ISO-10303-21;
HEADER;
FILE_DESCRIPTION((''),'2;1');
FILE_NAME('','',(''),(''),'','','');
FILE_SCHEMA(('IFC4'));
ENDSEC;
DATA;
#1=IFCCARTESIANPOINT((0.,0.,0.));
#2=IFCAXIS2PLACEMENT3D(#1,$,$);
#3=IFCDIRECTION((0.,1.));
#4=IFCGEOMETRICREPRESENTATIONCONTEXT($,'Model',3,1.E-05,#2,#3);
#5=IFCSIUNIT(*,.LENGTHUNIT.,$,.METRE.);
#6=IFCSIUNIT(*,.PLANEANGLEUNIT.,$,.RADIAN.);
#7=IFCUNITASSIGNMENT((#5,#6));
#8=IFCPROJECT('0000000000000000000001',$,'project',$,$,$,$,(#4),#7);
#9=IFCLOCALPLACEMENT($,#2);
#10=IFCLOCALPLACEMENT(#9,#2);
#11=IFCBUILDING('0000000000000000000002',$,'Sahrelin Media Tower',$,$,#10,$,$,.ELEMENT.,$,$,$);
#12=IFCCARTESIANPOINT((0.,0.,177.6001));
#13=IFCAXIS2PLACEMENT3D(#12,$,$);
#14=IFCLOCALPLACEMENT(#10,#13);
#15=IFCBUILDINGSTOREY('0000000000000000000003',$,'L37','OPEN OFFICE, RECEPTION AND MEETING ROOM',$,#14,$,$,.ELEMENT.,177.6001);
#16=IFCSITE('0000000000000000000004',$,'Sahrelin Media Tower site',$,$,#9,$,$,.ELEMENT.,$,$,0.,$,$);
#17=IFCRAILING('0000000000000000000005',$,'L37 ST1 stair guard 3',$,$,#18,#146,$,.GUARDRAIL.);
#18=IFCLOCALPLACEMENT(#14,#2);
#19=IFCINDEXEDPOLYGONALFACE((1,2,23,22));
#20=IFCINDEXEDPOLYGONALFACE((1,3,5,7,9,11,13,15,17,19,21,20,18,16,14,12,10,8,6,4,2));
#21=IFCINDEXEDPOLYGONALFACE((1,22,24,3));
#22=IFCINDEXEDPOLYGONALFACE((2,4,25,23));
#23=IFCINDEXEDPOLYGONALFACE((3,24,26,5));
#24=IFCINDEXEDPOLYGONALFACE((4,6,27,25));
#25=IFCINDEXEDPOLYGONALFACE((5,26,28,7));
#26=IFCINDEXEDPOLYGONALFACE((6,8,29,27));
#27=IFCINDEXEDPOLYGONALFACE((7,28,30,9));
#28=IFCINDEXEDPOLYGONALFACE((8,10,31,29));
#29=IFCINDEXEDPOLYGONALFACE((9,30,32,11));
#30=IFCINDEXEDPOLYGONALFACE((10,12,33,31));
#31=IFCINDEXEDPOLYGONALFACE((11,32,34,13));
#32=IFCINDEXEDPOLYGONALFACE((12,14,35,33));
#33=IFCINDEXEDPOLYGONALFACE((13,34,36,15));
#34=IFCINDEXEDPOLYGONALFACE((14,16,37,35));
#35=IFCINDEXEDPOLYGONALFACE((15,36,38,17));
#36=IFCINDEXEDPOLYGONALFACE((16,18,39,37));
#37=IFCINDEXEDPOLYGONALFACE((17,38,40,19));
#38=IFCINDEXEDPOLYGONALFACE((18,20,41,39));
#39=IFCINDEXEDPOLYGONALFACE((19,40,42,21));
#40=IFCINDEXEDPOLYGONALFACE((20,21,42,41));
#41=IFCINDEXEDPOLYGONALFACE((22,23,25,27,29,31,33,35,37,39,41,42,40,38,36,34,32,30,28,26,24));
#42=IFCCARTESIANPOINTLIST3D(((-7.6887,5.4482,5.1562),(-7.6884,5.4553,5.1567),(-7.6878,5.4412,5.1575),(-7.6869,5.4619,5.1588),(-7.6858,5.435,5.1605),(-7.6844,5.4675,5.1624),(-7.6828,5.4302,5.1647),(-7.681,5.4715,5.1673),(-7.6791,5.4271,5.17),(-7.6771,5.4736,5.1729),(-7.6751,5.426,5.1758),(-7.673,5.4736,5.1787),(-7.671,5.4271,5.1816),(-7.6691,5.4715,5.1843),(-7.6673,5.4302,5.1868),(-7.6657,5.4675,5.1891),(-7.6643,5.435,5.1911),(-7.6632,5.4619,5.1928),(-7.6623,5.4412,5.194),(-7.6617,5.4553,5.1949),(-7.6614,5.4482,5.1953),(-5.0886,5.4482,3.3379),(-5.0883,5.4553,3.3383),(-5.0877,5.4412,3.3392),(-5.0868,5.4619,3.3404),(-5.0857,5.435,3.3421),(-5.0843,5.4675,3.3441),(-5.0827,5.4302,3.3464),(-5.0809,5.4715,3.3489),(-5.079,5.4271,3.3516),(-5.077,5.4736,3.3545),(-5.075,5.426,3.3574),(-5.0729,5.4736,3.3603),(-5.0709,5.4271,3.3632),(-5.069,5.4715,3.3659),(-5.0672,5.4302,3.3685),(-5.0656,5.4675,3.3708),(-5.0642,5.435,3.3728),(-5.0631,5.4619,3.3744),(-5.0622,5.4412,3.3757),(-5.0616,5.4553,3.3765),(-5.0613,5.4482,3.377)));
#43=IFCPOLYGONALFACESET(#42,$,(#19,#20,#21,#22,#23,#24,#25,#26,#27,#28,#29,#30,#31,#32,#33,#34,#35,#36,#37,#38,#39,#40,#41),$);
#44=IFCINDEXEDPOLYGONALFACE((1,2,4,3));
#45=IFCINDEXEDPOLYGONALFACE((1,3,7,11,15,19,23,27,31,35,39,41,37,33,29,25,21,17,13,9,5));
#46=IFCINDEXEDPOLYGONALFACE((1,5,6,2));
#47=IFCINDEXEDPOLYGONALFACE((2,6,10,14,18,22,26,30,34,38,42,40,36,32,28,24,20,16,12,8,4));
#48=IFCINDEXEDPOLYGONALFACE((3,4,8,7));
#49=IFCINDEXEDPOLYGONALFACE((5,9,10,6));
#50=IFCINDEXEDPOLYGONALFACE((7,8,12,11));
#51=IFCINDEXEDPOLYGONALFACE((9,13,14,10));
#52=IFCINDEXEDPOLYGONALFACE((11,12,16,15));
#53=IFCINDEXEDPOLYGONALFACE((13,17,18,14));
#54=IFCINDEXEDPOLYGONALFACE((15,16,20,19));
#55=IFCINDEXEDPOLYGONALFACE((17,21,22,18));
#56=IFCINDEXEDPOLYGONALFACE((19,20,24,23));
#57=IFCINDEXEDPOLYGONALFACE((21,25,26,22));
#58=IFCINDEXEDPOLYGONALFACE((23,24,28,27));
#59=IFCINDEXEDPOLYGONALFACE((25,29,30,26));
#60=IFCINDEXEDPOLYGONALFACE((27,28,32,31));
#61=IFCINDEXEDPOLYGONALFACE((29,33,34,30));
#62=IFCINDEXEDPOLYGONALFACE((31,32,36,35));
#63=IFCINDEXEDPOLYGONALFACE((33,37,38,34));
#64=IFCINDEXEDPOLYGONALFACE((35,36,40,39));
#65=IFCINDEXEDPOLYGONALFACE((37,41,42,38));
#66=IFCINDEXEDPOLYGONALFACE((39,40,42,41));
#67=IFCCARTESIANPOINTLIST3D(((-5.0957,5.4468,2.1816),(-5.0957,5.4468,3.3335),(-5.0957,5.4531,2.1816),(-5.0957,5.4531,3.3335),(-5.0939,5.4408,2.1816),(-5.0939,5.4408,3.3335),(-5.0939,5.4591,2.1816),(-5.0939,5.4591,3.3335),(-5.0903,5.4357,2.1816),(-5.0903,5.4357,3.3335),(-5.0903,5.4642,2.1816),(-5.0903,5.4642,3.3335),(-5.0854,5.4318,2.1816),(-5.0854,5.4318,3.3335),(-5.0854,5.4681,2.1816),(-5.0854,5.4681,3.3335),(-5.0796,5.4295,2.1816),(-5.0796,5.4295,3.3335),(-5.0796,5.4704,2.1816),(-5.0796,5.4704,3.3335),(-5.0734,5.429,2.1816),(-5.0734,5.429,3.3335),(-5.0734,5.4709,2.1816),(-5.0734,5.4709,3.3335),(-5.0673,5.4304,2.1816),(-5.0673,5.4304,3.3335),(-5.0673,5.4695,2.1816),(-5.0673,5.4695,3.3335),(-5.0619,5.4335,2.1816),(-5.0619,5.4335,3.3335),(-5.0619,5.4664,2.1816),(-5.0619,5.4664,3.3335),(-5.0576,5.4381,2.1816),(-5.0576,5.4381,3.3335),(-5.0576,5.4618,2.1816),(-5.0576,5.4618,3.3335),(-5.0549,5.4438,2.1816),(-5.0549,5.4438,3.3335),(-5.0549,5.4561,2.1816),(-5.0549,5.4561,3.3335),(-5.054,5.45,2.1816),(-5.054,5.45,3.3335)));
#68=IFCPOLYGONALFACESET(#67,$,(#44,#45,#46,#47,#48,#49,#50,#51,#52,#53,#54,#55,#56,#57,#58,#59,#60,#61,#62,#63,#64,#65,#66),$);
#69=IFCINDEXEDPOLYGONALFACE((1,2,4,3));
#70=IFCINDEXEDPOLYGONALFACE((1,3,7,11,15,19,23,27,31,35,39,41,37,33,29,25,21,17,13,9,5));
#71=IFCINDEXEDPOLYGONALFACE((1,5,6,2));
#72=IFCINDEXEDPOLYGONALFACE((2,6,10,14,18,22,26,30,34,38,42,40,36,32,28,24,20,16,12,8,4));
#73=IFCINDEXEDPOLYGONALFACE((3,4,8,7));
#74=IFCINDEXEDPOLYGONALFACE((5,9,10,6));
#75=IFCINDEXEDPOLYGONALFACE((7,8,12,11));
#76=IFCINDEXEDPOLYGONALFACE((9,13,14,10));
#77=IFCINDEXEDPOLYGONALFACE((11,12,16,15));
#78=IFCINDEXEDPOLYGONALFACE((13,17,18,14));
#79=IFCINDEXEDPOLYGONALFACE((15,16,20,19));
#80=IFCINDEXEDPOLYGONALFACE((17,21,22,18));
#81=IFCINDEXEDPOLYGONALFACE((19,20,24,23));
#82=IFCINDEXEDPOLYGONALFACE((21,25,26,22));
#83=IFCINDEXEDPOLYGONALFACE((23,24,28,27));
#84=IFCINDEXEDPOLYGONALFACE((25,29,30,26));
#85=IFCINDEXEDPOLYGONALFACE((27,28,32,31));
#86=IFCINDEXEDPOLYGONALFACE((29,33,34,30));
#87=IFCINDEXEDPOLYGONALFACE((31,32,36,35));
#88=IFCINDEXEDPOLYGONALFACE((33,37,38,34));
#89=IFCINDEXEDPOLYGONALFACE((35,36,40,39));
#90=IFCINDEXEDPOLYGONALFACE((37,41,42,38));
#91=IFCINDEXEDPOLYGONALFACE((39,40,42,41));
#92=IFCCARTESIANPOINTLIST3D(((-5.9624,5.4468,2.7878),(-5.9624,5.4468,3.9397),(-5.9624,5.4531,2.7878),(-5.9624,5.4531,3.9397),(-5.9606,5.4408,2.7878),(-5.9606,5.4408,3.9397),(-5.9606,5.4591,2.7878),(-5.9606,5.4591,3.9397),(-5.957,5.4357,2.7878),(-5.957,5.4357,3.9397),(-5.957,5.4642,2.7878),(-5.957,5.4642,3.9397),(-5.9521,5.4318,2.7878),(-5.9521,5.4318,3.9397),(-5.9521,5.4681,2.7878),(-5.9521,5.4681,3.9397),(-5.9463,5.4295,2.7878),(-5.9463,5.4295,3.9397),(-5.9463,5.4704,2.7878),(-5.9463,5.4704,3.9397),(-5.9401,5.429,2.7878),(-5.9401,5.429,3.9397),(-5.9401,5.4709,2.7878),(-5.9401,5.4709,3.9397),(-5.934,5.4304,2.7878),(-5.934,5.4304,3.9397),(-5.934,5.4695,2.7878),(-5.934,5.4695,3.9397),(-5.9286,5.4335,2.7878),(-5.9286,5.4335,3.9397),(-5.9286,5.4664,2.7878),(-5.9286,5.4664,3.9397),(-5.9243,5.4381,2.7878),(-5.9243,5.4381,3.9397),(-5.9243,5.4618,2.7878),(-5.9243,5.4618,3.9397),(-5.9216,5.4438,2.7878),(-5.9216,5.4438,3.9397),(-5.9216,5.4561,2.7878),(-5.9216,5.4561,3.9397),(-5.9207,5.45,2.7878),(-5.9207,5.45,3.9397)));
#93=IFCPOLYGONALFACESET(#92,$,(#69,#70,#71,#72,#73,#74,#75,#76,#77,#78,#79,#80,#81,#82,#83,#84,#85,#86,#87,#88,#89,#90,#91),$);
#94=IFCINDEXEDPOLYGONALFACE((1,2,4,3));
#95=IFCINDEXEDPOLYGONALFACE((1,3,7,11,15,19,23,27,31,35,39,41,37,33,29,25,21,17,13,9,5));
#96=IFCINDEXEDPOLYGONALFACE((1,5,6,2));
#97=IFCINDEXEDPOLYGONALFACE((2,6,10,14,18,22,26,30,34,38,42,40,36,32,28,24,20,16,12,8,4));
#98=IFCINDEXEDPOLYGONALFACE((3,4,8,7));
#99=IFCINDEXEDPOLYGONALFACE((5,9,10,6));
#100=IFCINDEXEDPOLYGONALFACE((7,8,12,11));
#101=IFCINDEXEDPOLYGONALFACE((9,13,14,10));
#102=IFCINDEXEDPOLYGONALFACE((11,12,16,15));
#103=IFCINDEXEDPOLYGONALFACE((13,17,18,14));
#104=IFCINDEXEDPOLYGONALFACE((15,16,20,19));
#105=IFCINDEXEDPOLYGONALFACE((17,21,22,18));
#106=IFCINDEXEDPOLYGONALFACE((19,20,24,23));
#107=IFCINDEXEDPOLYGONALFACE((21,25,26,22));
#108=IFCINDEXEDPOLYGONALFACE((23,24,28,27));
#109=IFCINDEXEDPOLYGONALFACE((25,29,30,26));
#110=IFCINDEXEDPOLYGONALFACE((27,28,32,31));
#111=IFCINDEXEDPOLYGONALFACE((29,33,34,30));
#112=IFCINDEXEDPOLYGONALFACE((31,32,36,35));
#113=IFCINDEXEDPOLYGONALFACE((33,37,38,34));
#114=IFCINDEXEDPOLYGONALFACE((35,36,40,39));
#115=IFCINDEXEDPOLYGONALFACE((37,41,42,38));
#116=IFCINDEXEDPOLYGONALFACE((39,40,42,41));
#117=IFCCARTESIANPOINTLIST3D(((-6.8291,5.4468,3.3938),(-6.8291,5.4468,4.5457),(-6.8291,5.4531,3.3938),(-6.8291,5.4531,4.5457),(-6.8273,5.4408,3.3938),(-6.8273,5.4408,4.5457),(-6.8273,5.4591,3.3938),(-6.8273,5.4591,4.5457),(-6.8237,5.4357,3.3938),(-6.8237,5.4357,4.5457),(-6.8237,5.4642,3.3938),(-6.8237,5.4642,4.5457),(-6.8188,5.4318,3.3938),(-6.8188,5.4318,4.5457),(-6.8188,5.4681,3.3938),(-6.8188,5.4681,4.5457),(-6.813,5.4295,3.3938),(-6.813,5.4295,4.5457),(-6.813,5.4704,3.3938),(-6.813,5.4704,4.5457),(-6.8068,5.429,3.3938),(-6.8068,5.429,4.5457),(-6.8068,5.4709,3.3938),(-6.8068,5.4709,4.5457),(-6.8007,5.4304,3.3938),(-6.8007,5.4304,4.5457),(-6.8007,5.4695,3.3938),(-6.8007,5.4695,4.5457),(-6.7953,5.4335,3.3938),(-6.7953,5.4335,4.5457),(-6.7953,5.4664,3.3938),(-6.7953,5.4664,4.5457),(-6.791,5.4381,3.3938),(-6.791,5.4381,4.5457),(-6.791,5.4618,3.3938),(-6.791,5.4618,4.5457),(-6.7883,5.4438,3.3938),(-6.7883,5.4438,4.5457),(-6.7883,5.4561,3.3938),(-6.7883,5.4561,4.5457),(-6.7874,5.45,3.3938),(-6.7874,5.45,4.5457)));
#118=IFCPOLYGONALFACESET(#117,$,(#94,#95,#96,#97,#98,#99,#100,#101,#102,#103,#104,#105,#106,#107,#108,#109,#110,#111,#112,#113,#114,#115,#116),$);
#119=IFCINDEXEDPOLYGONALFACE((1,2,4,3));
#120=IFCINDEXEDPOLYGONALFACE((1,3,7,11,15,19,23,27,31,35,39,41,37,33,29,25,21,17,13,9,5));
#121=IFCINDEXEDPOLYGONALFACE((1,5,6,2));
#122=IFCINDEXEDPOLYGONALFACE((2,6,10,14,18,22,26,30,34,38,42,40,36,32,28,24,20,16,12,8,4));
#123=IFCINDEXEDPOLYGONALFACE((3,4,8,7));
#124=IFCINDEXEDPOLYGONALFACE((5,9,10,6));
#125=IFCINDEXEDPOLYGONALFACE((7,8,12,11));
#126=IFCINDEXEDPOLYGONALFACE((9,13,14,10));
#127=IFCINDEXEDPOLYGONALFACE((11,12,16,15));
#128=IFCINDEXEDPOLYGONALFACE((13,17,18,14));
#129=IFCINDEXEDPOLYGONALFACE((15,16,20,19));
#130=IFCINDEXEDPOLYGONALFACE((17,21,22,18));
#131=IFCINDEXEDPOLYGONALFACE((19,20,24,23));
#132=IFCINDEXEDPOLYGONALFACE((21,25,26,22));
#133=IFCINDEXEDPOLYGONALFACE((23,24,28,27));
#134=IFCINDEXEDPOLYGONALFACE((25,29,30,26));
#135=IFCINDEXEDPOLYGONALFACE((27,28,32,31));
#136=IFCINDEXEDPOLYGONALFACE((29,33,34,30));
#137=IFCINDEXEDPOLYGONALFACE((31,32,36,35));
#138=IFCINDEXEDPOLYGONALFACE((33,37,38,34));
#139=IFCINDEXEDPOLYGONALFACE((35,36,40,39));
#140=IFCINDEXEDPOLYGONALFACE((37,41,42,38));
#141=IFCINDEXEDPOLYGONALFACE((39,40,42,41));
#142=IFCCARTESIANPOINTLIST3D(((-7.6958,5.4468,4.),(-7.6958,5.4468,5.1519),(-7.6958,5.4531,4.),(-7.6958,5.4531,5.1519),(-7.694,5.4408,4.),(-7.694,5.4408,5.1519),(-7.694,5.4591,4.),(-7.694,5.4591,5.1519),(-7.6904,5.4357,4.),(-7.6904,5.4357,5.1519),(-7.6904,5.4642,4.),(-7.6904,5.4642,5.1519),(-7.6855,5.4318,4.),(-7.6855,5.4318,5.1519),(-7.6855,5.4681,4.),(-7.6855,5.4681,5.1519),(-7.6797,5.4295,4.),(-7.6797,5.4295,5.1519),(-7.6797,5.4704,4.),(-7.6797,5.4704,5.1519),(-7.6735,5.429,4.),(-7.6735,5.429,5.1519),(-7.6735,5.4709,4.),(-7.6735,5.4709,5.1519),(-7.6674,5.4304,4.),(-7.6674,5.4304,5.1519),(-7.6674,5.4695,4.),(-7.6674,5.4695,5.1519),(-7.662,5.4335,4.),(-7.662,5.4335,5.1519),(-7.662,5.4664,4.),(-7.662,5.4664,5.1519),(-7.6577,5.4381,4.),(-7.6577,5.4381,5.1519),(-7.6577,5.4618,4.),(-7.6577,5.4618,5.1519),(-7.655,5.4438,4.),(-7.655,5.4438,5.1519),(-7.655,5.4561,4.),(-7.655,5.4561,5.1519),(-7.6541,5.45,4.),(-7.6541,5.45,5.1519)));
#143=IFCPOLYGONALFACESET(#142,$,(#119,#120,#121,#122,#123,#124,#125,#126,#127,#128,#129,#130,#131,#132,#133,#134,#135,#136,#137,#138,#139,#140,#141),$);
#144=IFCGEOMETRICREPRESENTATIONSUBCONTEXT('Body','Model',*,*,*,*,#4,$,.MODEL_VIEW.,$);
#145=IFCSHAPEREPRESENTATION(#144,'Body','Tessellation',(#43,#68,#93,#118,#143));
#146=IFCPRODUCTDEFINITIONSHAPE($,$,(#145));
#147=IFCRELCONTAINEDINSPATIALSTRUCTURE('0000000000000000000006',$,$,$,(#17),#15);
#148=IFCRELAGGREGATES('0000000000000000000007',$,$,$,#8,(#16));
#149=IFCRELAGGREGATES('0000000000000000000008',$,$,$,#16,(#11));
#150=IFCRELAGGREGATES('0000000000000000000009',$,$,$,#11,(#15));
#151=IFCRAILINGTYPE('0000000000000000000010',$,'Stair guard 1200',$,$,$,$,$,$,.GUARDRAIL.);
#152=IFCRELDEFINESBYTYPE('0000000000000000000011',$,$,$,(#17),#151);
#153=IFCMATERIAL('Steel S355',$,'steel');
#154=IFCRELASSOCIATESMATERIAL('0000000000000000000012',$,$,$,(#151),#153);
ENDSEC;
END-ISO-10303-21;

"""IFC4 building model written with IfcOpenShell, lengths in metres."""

from ifc_helpers import new_model, si_unit, direction, frame, origin, origin_2d, place, context, subcontext, project, spatial, circle, extrude, material, type_object, element, save


model = new_model("IFC4")

# Units and contexts
model_context = context("Model", 3, precision=1e-05, world=origin(), true_north=direction((0.0, 1.0)))
body_context = subcontext(model_context, "Body", "Model", "MODEL_VIEW")
ifc_project = project(units=[si_unit("LENGTHUNIT", "METRE"), si_unit("PLANEANGLEUNIT", "RADIAN")], contexts=[model_context])

# Site, building, storey
site_placement = place(None, origin())
site = spatial("IfcSite", under=ifc_project, at=site_placement, Name="Sahrelin Media Tower site", CompositionType="ELEMENT", RefElevation=0.0)
building_placement = place(site_placement, origin())
building = spatial("IfcBuilding", under=site, at=building_placement, Name="Sahrelin Media Tower", CompositionType="ELEMENT")
storey_placement = place(building_placement, frame((0.0, 0.0, 177.6001)))
storey = spatial("IfcBuildingStorey", under=building, at=storey_placement, Name="L37", Description="OPEN OFFICE, RECEPTION AND MEETING ROOM", CompositionType="ELEMENT", Elevation=177.6001)

# Shared definitions
ifc_material_1 = material(Name="Steel S355", Category="steel")

# Railing
railing_type_1 = type_object("IfcRailingType", Name="Stair guard 1200", PredefinedType="GUARDRAIL", material=ifc_material_1)
railing_1_placement = place(storey_placement, frame((-5.075, 5.45, 2.1816)))
element("IfcRailing", 1, at=railing_1_placement, inside=storey, type_object=railing_type_1, Name="L37 ST1 stair guard 3", PredefinedType="GUARDRAIL", context=body_context, shape_type="SweptSolid", body=[
    extrude(circle(Radius=0.0239, at=origin_2d()), frame((0.0, 0.0, 1.1758), z_axis=(-0.819485, 0.0, 0.573101), x_axis=(0.0, -1.0, 0.0)), (0.0, 0.0, 1.0), 3.1729),
    extrude(circle(Radius=0.021, at=origin_2d()), origin(), (0.0, 0.0, 1.0), 1.1519),
    extrude(circle(Radius=0.021, at=origin_2d()), frame((-0.8667, 0.0, 0.6062)), (0.0, 0.0, 1.0), 1.1519),
    extrude(circle(Radius=0.021, at=origin_2d()), frame((-1.7334, 0.0, 1.2122)), (0.0, 0.0, 1.0), 1.1519),
    extrude(circle(Radius=0.021, at=origin_2d()), frame((-2.6001, 0.0, 1.8184)), (0.0, 0.0, 1.0), 1.1519),
])

save(model, "model.ifc")
